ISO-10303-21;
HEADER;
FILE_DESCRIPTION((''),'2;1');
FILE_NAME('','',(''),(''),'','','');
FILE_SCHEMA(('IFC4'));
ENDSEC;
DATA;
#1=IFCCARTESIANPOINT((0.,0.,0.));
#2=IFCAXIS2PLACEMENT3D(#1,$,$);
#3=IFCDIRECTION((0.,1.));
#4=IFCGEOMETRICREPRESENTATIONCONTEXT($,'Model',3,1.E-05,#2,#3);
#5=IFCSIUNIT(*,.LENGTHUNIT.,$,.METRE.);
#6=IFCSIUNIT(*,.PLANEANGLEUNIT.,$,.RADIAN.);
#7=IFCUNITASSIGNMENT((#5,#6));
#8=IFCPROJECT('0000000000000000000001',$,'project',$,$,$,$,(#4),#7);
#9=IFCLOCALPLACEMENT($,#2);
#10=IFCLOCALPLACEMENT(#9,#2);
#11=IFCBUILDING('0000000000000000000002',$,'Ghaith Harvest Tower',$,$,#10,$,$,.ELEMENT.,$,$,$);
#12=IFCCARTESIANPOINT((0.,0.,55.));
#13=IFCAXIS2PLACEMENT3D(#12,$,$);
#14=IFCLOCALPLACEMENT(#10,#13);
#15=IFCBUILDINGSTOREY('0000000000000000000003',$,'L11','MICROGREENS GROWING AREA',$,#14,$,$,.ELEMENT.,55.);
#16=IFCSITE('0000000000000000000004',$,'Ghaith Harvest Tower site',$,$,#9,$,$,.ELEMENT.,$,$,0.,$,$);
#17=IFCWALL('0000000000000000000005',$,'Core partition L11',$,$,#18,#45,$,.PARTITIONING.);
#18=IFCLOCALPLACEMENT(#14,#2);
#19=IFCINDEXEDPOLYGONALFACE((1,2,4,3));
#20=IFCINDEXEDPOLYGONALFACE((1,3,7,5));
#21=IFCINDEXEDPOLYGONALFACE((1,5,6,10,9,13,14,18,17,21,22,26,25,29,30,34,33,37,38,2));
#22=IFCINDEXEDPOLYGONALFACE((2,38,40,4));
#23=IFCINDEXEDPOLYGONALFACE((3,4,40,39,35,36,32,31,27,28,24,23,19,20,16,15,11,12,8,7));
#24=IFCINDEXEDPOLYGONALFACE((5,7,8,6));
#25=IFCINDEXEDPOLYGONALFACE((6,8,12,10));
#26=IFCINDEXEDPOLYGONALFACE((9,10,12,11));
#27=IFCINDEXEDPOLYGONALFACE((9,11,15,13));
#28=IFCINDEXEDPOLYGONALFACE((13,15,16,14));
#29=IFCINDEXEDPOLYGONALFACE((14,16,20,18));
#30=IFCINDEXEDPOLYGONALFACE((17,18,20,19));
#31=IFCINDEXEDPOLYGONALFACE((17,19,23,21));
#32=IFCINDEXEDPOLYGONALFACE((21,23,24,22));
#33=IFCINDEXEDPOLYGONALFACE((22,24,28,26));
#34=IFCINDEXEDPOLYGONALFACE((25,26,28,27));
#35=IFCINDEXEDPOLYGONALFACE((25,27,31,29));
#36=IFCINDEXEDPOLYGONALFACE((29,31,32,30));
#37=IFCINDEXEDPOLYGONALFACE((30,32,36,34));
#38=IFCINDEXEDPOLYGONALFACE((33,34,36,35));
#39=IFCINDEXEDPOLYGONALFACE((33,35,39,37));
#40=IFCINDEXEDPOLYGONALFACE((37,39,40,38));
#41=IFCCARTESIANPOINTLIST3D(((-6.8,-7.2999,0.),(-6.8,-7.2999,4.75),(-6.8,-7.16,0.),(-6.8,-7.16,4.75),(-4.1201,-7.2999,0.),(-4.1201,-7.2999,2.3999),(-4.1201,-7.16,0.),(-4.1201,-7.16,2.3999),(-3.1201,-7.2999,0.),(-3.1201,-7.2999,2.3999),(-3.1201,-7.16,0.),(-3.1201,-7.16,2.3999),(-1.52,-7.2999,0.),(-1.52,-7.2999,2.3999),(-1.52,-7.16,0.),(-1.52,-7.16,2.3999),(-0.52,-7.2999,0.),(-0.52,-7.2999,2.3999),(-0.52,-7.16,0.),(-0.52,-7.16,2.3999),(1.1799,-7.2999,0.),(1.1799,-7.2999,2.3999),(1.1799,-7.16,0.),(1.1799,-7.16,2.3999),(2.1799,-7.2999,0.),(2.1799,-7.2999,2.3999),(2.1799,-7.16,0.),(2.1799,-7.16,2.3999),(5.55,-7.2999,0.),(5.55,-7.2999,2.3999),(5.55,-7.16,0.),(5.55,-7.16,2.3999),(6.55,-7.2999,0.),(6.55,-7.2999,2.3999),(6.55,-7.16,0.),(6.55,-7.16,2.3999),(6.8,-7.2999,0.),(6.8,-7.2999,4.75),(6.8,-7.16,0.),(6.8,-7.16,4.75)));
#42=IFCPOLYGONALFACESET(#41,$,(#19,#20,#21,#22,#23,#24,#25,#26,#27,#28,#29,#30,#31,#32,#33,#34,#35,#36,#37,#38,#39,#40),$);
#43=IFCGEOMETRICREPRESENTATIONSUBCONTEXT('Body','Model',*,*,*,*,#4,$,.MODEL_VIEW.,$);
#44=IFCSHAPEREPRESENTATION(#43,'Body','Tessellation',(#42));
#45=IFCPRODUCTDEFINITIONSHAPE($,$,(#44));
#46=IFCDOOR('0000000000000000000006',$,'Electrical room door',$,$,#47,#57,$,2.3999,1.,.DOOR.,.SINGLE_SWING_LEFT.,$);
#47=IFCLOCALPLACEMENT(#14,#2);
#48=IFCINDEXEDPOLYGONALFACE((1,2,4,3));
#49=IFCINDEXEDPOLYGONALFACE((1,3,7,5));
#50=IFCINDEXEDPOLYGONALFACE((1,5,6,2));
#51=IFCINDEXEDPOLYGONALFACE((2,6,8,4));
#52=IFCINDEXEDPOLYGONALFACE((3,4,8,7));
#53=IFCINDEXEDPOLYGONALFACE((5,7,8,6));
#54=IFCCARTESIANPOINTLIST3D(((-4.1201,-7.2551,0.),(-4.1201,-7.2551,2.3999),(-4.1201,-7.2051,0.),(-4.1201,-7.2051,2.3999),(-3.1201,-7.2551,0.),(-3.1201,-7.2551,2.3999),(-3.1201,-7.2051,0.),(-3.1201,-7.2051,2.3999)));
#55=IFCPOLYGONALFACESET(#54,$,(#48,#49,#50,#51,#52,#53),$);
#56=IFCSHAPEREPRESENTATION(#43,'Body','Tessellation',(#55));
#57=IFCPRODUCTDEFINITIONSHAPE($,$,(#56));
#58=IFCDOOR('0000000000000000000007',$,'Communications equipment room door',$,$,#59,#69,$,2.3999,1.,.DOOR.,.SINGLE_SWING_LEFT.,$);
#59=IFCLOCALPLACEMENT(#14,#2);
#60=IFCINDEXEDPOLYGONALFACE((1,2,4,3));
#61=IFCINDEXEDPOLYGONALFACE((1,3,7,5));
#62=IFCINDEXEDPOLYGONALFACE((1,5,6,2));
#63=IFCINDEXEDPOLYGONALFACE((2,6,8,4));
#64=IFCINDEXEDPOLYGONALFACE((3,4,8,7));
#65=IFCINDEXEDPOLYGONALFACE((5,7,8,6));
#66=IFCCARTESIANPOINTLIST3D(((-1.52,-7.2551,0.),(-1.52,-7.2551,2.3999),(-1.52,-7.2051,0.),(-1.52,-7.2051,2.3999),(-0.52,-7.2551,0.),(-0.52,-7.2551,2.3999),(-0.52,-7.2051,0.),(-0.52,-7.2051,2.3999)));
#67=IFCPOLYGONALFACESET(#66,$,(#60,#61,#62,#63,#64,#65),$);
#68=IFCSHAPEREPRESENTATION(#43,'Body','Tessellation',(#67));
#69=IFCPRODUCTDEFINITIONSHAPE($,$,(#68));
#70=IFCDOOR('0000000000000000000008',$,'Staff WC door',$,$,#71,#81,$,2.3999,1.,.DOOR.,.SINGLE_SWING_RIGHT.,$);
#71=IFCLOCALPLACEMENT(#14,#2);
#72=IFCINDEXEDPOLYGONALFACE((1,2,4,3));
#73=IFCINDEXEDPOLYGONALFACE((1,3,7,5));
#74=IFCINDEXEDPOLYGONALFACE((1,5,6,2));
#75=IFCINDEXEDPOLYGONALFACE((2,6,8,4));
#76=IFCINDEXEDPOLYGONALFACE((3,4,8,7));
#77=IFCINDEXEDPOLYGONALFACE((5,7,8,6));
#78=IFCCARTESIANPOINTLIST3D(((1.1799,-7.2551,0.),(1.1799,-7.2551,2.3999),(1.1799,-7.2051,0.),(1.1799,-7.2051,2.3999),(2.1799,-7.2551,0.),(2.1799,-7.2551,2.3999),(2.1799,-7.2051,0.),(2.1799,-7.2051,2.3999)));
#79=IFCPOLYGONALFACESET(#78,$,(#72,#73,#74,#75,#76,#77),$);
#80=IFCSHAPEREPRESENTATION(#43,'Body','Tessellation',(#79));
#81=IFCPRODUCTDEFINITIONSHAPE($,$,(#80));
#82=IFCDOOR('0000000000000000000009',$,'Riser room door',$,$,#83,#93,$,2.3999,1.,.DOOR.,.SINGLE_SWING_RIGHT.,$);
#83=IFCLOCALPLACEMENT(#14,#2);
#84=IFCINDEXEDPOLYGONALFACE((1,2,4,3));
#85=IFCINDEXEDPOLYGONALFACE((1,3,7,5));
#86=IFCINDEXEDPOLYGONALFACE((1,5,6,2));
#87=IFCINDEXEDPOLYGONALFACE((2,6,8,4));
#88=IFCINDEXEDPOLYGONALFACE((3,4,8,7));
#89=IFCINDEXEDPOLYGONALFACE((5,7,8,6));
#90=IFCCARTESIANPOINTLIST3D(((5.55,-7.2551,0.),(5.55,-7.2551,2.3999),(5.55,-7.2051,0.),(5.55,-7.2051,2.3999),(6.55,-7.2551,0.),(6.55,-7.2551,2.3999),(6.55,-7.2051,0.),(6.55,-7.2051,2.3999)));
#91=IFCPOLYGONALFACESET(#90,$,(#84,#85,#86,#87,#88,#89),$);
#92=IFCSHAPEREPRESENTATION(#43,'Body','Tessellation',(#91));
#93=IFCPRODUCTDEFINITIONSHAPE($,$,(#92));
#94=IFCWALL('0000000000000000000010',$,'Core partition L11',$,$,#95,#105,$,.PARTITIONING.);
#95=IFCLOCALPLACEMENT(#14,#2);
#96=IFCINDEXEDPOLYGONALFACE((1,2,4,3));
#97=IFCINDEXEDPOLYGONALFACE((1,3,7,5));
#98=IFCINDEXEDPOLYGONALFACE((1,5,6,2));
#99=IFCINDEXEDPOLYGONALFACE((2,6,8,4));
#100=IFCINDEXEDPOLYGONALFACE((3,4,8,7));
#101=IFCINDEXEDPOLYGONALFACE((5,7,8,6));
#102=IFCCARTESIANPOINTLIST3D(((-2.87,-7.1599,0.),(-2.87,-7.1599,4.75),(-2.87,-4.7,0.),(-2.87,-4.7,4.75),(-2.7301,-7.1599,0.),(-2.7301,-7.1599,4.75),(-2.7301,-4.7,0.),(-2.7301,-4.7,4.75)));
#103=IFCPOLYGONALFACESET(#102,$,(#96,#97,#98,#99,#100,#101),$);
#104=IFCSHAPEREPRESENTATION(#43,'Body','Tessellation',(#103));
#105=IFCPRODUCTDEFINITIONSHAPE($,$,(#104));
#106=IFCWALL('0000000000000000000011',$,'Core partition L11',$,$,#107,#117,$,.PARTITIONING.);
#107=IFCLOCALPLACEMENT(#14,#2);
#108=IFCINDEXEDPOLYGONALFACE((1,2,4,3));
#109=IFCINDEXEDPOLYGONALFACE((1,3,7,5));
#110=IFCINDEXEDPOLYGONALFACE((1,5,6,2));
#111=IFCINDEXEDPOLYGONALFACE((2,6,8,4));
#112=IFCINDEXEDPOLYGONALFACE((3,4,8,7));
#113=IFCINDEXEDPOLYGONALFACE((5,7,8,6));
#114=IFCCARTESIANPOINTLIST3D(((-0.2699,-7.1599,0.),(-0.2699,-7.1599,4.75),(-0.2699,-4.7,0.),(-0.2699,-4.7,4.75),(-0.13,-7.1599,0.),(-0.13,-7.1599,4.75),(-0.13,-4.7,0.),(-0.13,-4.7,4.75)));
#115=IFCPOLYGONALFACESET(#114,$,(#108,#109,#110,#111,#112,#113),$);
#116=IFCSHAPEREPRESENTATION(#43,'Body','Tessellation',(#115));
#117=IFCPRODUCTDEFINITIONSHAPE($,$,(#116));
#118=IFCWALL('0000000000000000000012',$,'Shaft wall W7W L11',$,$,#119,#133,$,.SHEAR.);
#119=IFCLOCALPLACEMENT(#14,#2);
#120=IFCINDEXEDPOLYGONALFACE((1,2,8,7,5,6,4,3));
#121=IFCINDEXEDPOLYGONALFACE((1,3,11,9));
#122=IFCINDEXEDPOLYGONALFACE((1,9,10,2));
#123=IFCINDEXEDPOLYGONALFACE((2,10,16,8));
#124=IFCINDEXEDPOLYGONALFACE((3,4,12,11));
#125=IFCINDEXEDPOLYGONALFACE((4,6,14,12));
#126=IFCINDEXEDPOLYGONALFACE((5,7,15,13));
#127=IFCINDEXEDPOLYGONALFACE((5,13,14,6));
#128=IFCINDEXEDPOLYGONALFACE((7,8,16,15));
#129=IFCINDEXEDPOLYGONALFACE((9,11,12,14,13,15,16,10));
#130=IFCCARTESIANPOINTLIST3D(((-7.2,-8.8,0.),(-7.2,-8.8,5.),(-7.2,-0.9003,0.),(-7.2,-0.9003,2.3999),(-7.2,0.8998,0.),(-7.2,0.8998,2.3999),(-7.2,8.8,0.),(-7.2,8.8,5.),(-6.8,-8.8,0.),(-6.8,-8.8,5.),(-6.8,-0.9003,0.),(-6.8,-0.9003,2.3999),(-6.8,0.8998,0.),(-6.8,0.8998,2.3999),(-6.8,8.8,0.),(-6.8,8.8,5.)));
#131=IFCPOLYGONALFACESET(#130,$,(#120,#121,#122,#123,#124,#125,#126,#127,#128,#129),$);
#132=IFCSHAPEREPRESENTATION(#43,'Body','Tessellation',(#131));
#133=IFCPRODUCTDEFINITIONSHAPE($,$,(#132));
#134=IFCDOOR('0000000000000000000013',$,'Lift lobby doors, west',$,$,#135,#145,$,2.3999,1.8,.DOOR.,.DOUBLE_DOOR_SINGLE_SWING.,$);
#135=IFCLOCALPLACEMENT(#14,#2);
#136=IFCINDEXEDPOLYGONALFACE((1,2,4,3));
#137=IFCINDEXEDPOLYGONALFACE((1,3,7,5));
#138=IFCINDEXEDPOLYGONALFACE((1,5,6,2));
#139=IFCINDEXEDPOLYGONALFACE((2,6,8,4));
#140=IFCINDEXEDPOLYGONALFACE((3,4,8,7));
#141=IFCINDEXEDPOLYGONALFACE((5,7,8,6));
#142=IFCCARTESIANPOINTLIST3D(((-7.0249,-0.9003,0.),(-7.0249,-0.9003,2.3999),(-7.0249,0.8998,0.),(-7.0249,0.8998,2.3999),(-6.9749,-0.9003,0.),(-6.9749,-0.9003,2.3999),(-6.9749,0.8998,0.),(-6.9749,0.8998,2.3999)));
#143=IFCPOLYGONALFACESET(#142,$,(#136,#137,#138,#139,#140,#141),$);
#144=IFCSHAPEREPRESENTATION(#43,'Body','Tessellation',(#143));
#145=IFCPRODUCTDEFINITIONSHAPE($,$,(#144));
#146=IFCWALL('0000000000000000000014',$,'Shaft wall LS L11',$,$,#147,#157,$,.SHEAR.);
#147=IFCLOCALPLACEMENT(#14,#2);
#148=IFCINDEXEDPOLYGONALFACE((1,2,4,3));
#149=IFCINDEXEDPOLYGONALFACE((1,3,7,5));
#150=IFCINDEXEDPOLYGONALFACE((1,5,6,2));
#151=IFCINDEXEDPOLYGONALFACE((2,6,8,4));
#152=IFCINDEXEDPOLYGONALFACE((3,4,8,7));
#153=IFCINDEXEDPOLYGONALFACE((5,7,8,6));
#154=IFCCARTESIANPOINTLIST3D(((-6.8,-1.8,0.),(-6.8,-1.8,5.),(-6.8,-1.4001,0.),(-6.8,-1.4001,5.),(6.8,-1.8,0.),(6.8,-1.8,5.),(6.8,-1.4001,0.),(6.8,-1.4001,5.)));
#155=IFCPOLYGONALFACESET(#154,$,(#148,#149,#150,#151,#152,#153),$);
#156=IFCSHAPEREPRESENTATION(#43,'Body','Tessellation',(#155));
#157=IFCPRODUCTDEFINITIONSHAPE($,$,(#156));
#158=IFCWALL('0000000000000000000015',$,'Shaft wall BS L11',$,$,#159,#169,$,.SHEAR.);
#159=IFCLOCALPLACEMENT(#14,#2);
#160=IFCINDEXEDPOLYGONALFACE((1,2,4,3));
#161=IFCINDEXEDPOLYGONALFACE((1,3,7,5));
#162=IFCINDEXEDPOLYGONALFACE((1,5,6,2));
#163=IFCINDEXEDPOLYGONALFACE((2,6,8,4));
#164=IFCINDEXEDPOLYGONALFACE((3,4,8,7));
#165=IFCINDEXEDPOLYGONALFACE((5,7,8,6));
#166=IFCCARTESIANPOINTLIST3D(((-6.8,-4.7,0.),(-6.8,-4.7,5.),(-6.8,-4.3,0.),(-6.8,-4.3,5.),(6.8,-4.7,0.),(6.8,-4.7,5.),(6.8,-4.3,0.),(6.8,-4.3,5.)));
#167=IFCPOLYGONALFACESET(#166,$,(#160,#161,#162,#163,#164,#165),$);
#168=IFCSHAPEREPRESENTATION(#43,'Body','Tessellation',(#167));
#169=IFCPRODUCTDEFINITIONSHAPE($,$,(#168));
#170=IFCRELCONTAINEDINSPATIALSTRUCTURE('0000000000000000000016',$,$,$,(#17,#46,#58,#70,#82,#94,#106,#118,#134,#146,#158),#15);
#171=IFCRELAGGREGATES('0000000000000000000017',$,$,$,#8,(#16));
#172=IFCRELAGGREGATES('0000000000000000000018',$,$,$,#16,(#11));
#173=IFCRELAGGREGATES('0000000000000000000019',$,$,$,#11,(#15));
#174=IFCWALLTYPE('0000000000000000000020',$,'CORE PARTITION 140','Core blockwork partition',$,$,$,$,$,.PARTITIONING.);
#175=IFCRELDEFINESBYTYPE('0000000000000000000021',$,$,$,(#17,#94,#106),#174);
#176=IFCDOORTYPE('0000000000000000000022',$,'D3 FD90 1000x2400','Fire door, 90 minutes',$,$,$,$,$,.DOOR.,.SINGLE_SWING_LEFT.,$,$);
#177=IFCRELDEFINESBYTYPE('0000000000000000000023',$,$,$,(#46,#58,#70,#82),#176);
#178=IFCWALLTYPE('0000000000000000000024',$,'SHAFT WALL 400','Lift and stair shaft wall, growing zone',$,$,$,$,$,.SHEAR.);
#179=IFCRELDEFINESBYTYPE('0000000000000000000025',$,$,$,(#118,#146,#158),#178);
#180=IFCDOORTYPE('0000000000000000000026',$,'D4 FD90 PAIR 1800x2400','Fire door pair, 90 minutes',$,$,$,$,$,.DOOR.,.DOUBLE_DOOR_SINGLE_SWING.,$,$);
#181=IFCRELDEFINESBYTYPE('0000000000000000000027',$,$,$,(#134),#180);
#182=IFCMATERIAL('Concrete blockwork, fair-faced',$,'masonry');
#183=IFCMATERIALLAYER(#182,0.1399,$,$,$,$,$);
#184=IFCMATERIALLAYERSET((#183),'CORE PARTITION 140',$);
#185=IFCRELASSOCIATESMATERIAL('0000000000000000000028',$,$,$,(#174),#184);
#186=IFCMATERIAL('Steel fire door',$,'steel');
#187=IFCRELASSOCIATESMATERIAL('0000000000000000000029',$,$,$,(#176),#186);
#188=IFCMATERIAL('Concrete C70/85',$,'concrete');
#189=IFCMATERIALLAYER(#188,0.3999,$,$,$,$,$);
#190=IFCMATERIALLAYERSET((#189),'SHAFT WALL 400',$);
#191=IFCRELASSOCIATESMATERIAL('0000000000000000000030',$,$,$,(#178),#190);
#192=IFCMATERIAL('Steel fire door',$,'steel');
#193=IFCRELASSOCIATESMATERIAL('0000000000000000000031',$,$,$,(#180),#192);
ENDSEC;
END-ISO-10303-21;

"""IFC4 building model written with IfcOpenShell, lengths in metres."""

from ifc_helpers import new_model, si_unit, direction, frame, frame_2d, origin, place, context, subcontext, project, spatial, rectangle, extrude, material, layer, layer_set, type_object, element, fill, save


model = new_model("IFC4")

# Units and contexts
model_context = context("Model", 3, precision=1e-05, world=origin(), true_north=direction((0.0, 1.0)))
body_context = subcontext(model_context, "Body", "Model", "MODEL_VIEW")
ifc_project = project(units=[si_unit("LENGTHUNIT", "METRE"), si_unit("PLANEANGLEUNIT", "RADIAN")], contexts=[model_context])

# Site, building, storey
site_placement = place(None, origin())
site = spatial("IfcSite", under=ifc_project, at=site_placement, Name="Ghaith Harvest Tower site", CompositionType="ELEMENT", RefElevation=0.0)
building_placement = place(site_placement, origin())
building = spatial("IfcBuilding", under=site, at=building_placement, Name="Ghaith Harvest Tower", CompositionType="ELEMENT")
storey_placement = place(building_placement, frame((0.0, 0.0, 55.0)))
storey = spatial("IfcBuildingStorey", under=building, at=storey_placement, Name="L11", Description="MICROGREENS GROWING AREA", CompositionType="ELEMENT", Elevation=55.0)

# Wall, openings, doors
ifc_material_1 = material(Name="Concrete blockwork, fair-faced", Category="masonry")
ifc_layer_1 = layer(ifc_material_1, 0.1399)
ifc_layer_set_1 = layer_set([ifc_layer_1], Name="CORE PARTITION 140")
wall_type_1 = type_object("IfcWallType", Name="CORE PARTITION 140", Description="Core blockwork partition", PredefinedType="PARTITIONING", material=ifc_layer_set_1)
wall_1_placement = place(storey_placement, frame((-6.8, -7.23, 0.0), z_axis=(0.0, 0.0, 1.0), x_axis=(1.0, 0.0, 0.0)))
wall_1 = element("IfcWall", 1, at=wall_1_placement, inside=storey, type_object=wall_type_1, Name="Core partition L11", PredefinedType="PARTITIONING", context=body_context, shape_type="SweptSolid", body=[
    extrude(rectangle(XDim=13.6001, YDim=0.1399, at=frame_2d((6.8, 0.0))), origin(), (0.0, 0.0, 1.0), 4.75),
])
opening_1_placement = place(wall_1_placement, frame((2.6799, 0.0, 0.0)))
opening_1 = element("IfcOpeningElement", 2, at=opening_1_placement, cuts=wall_1, PredefinedType="OPENING", context=body_context, shape_type="SweptSolid", body=[
    extrude(rectangle(XDim=1.0, YDim=2.3999, at=frame_2d((0.5, 1.2))), frame((0.0, 0.0801, 0.0), z_axis=(0.0, -1.0, 0.0), x_axis=(1.0, 0.0, 0.0)), (0.0, 0.0, 1.0), 0.1599),
])
opening_2_placement = place(wall_1_placement, frame((5.28, 0.0, 0.0)))
opening_2 = element("IfcOpeningElement", 3, at=opening_2_placement, cuts=wall_1, PredefinedType="OPENING", context=body_context, shape_type="SweptSolid", body=[
    extrude(rectangle(XDim=1.0, YDim=2.3999, at=frame_2d((0.5, 1.2))), frame((0.0, 0.0801, 0.0), z_axis=(0.0, -1.0, 0.0), x_axis=(1.0, 0.0, 0.0)), (0.0, 0.0, 1.0), 0.1599),
])
opening_3_placement = place(wall_1_placement, frame((7.98, 0.0, 0.0)))
opening_3 = element("IfcOpeningElement", 4, at=opening_3_placement, cuts=wall_1, PredefinedType="OPENING", context=body_context, shape_type="SweptSolid", body=[
    extrude(rectangle(XDim=1.0, YDim=2.3999, at=frame_2d((0.5, 1.2))), frame((0.0, 0.0801, 0.0), z_axis=(0.0, -1.0, 0.0), x_axis=(1.0, 0.0, 0.0)), (0.0, 0.0, 1.0), 0.1599),
])
opening_4_placement = place(wall_1_placement, frame((12.3501, 0.0, 0.0)))
opening_4 = element("IfcOpeningElement", 5, at=opening_4_placement, cuts=wall_1, PredefinedType="OPENING", context=body_context, shape_type="SweptSolid", body=[
    extrude(rectangle(XDim=1.0, YDim=2.3999, at=frame_2d((0.5, 1.2))), frame((0.0, 0.0801, 0.0), z_axis=(0.0, -1.0, 0.0), x_axis=(1.0, 0.0, 0.0)), (0.0, 0.0, 1.0), 0.1599),
])
ifc_material_2 = material(Name="Steel fire door", Category="steel")
door_type_1 = type_object("IfcDoorType", Name="D3 FD90 1000x2400", Description="Fire door, 90 minutes", OperationType="SINGLE_SWING_LEFT", PredefinedType="DOOR", material=ifc_material_2)
door_1_placement = place(opening_1_placement, origin())
door_1 = element("IfcDoor", 6, at=door_1_placement, inside=storey, type_object=door_type_1, Name="Electrical room door", OperationType="SINGLE_SWING_LEFT", OverallHeight=2.3999, OverallWidth=1.0, PredefinedType="DOOR", context=body_context, shape_type="SweptSolid", body=[
    extrude(rectangle(XDim=1.0, YDim=2.3999, at=frame_2d((0.5, 1.2))), frame((0.0, 0.0249, 0.0), z_axis=(0.0, -1.0, 0.0), x_axis=(1.0, 0.0, 0.0)), (0.0, 0.0, 1.0), 0.05),
])
fill(opening_1, door_1)
door_2_placement = place(opening_2_placement, origin())
door_2 = element("IfcDoor", 7, at=door_2_placement, inside=storey, type_object=door_type_1, Name="Communications equipment room door", OperationType="SINGLE_SWING_LEFT", OverallHeight=2.3999, OverallWidth=1.0, PredefinedType="DOOR", context=body_context, shape_type="SweptSolid", body=[
    extrude(rectangle(XDim=1.0, YDim=2.3999, at=frame_2d((0.5, 1.2))), frame((0.0, 0.0249, 0.0), z_axis=(0.0, -1.0, 0.0), x_axis=(1.0, 0.0, 0.0)), (0.0, 0.0, 1.0), 0.05),
])
fill(opening_2, door_2)
door_3_placement = place(opening_3_placement, origin())
door_3 = element("IfcDoor", 8, at=door_3_placement, inside=storey, type_object=door_type_1, Name="Staff WC door", OperationType="SINGLE_SWING_RIGHT", OverallHeight=2.3999, OverallWidth=1.0, PredefinedType="DOOR", context=body_context, shape_type="SweptSolid", body=[
    extrude(rectangle(XDim=1.0, YDim=2.3999, at=frame_2d((0.5, 1.2))), frame((0.0, 0.0249, 0.0), z_axis=(0.0, -1.0, 0.0), x_axis=(1.0, 0.0, 0.0)), (0.0, 0.0, 1.0), 0.05),
])
fill(opening_3, door_3)
door_4_placement = place(opening_4_placement, origin())
door_4 = element("IfcDoor", 9, at=door_4_placement, inside=storey, type_object=door_type_1, Name="Riser room door", OperationType="SINGLE_SWING_RIGHT", OverallHeight=2.3999, OverallWidth=1.0, PredefinedType="DOOR", context=body_context, shape_type="SweptSolid", body=[
    extrude(rectangle(XDim=1.0, YDim=2.3999, at=frame_2d((0.5, 1.2))), frame((0.0, 0.0249, 0.0), z_axis=(0.0, -1.0, 0.0), x_axis=(1.0, 0.0, 0.0)), (0.0, 0.0, 1.0), 0.05),
])
fill(opening_4, door_4)

# Walls
for number, where, z_axis, x_axis, name in (
    (10, (-2.8, -4.7, 0.0), (0.0, 0.0, 1.0), (0.0, -1.0, 0.0), "Core partition L11"),
    (11, (-0.2, -4.7, 0.0), (0.0, 0.0, 1.0), (0.0, -1.0, 0.0), "Core partition L11"),
):
    element("IfcWall", number, at=place(storey_placement, frame(where, z_axis=z_axis, x_axis=x_axis)), inside=storey, type_object=wall_type_1, Name=name, PredefinedType="PARTITIONING", context=body_context, shape_type="SweptSolid", body=[
        extrude(rectangle(XDim=2.46, YDim=0.1399, at=frame_2d((1.23, 0.0))), origin(), (0.0, 0.0, 1.0), 4.75),
    ])

# Wall, opening, door
ifc_material_3 = material(Name="Concrete C70/85", Category="concrete")
ifc_layer_2 = layer(ifc_material_3, 0.3999)
ifc_layer_set_2 = layer_set([ifc_layer_2], Name="SHAFT WALL 400")
wall_type_2 = type_object("IfcWallType", Name="SHAFT WALL 400", Description="Lift and stair shaft wall, growing zone", PredefinedType="SHEAR", material=ifc_layer_set_2)
wall_2_placement = place(storey_placement, frame((-7.0, -8.8, 0.0), z_axis=(0.0, 0.0, 1.0), x_axis=(0.0, 1.0, 0.0)))
wall_2 = element("IfcWall", 12, at=wall_2_placement, inside=storey, type_object=wall_type_2, Name="Shaft wall W7W L11", PredefinedType="SHEAR", context=body_context, shape_type="SweptSolid", body=[
    extrude(rectangle(XDim=17.6001, YDim=0.3999, at=frame_2d((8.8, 0.0))), origin(), (0.0, 0.0, 1.0), 5.0),
])
opening_5_placement = place(wall_2_placement, frame((7.8999, 0.0, 0.0)))
opening_5 = element("IfcOpeningElement", 13, at=opening_5_placement, cuts=wall_2, PredefinedType="OPENING", context=body_context, shape_type="SweptSolid", body=[
    extrude(rectangle(XDim=1.8, YDim=2.3999, at=frame_2d((0.8999, 1.2))), frame((0.0, 0.21, 0.0), z_axis=(0.0, -1.0, 0.0), x_axis=(1.0, 0.0, 0.0)), (0.0, 0.0, 1.0), 0.4199),
])
ifc_material_4 = material(Name="Steel fire door", Category="steel")
door_type_2 = type_object("IfcDoorType", Name="D4 FD90 PAIR 1800x2400", Description="Fire door pair, 90 minutes", OperationType="DOUBLE_DOOR_SINGLE_SWING", PredefinedType="DOOR", material=ifc_material_4)
door_5_placement = place(opening_5_placement, origin())
door_5 = element("IfcDoor", 14, at=door_5_placement, inside=storey, type_object=door_type_2, Name="Lift lobby doors, west", OperationType="DOUBLE_DOOR_SINGLE_SWING", OverallHeight=2.3999, OverallWidth=1.8, PredefinedType="DOOR", context=body_context, shape_type="SweptSolid", body=[
    extrude(rectangle(XDim=1.8, YDim=2.3999, at=frame_2d((0.8999, 1.2))), frame((0.0, 0.0249, 0.0), z_axis=(0.0, -1.0, 0.0), x_axis=(1.0, 0.0, 0.0)), (0.0, 0.0, 1.0), 0.05),
])
fill(opening_5, door_5)

# Walls
for number, where, z_axis, x_axis, name in (
    (15, (-6.8, -1.6001, 0.0), (0.0, 0.0, 1.0), (1.0, 0.0, 0.0), "Shaft wall LS L11"),
    (16, (-6.8, -4.5, 0.0), (0.0, 0.0, 1.0), (1.0, 0.0, 0.0), "Shaft wall BS L11"),
):
    element("IfcWall", number, at=place(storey_placement, frame(where, z_axis=z_axis, x_axis=x_axis)), inside=storey, type_object=wall_type_2, Name=name, PredefinedType="SHEAR", context=body_context, shape_type="SweptSolid", body=[
        extrude(rectangle(XDim=13.6001, YDim=0.3999, at=frame_2d((6.8, 0.0))), origin(), (0.0, 0.0, 1.0), 5.0),
    ])

save(model, "model.ifc")
